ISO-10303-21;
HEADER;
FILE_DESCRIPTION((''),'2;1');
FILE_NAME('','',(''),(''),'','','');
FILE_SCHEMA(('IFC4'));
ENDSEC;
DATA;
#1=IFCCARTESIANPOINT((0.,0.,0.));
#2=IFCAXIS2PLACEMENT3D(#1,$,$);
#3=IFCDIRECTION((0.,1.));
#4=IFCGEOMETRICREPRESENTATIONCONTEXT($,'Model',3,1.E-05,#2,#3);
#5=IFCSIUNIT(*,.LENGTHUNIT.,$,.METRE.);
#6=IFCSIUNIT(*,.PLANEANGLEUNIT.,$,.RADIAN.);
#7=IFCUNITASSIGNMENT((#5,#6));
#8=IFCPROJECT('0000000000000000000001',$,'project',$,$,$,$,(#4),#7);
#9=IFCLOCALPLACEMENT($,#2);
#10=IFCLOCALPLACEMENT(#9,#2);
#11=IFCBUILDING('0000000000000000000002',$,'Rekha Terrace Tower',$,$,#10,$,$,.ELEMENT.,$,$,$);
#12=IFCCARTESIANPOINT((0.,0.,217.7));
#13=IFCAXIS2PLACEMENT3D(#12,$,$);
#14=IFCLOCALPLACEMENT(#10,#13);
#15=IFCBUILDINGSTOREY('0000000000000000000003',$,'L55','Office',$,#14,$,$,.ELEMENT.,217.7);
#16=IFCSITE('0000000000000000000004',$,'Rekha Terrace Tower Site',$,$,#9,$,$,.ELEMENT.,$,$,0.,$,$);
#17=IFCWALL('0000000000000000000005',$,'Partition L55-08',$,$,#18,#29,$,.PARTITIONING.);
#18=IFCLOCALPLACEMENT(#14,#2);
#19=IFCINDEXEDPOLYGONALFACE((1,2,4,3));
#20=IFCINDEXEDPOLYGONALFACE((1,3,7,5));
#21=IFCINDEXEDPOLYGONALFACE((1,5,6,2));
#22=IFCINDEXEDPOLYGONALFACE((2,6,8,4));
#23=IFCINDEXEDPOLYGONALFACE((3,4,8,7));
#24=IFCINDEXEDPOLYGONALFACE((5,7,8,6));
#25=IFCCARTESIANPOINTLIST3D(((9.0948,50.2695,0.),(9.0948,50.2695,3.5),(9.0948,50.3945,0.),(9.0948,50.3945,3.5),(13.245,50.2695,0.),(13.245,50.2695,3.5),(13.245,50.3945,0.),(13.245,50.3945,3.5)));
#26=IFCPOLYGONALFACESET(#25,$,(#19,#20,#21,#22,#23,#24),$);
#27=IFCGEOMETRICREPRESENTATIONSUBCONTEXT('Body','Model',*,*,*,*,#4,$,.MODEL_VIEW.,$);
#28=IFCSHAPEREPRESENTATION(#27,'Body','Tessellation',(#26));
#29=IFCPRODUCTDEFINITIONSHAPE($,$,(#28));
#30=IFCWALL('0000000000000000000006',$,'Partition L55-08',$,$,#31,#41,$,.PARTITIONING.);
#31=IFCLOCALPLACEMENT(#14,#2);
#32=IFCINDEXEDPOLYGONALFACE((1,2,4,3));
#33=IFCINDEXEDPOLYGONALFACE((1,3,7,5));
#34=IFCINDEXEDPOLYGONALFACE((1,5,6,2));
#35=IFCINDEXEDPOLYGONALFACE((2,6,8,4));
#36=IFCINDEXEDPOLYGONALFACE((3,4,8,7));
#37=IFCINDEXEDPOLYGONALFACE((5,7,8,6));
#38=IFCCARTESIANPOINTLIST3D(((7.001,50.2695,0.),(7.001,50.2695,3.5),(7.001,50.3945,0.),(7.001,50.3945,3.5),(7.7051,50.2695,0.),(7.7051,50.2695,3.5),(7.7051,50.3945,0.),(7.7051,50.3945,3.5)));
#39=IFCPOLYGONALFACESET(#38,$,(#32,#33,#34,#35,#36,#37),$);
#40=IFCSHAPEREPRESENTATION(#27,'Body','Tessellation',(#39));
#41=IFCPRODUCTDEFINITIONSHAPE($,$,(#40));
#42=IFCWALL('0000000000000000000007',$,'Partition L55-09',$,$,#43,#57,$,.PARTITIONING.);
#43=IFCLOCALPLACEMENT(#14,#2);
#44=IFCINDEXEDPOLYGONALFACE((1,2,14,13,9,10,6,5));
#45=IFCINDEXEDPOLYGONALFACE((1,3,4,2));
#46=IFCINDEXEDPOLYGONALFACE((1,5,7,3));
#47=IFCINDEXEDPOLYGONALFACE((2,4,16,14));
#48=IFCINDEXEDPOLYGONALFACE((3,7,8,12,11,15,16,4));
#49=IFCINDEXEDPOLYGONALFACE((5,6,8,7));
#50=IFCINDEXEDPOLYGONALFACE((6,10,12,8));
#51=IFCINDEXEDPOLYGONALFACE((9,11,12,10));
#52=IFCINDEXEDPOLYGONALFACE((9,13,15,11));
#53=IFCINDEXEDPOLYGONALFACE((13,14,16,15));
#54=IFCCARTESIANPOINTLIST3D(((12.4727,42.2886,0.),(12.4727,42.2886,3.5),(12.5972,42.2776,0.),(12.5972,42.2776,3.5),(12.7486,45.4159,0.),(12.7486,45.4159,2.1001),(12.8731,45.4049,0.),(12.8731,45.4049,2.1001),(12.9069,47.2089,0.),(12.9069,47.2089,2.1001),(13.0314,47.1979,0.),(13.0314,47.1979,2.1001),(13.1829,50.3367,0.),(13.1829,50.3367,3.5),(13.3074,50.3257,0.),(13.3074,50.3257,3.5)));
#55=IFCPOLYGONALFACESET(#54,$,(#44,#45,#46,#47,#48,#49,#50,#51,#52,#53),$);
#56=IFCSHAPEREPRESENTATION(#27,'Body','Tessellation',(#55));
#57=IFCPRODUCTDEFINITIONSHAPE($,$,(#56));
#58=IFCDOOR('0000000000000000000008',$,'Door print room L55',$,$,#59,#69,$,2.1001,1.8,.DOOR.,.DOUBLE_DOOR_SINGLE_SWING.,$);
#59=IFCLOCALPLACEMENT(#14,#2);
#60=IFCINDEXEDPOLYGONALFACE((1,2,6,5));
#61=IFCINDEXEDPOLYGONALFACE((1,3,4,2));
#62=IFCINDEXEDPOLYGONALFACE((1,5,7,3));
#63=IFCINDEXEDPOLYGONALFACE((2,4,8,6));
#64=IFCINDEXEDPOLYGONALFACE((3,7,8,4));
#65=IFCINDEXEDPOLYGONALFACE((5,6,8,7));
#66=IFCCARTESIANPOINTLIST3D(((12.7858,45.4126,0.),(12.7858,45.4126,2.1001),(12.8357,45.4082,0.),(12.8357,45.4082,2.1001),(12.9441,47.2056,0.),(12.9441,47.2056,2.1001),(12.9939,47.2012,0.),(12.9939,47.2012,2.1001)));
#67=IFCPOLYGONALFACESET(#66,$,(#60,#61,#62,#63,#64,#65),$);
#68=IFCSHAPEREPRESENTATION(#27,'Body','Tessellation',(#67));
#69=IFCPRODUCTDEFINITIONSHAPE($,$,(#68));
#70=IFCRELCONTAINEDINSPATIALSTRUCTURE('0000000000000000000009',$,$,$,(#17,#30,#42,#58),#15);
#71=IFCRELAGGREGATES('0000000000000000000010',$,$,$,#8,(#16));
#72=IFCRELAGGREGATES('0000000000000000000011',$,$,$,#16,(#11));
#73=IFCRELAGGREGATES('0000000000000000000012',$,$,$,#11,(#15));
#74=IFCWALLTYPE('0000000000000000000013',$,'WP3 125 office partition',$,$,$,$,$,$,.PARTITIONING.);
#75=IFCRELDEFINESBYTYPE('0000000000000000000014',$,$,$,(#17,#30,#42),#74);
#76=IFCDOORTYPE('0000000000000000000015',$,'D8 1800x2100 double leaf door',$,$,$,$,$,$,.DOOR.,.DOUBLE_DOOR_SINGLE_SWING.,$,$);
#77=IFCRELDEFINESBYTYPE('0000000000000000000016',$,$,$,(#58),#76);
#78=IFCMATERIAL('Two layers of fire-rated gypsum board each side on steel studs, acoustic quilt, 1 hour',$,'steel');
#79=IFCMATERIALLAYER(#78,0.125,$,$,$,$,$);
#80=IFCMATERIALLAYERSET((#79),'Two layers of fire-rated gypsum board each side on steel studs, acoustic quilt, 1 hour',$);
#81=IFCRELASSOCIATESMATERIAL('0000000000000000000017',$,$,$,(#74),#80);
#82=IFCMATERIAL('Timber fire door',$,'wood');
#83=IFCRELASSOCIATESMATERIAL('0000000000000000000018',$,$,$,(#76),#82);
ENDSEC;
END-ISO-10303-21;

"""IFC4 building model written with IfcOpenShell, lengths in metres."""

from ifc_helpers import new_model, si_unit, direction, frame, frame_2d, origin, place, context, subcontext, project, spatial, rectangle, extrude, material, layer, layer_set, type_object, element, fill, save


model = new_model("IFC4")

# Units and contexts
model_context = context("Model", 3, precision=1e-05, world=origin(), true_north=direction((0.0, 1.0)))
body_context = subcontext(model_context, "Body", "Model", "MODEL_VIEW")
ifc_project = project(units=[si_unit("LENGTHUNIT", "METRE"), si_unit("PLANEANGLEUNIT", "RADIAN")], contexts=[model_context])

# Site, building, storey
site_placement = place(None, origin())
site = spatial("IfcSite", under=ifc_project, at=site_placement, Name="Rekha Terrace Tower Site", CompositionType="ELEMENT", RefElevation=0.0)
building_placement = place(site_placement, origin())
building = spatial("IfcBuilding", under=site, at=building_placement, Name="Rekha Terrace Tower", CompositionType="ELEMENT")
storey_placement = place(building_placement, frame((0.0, 0.0, 217.7)))
storey = spatial("IfcBuildingStorey", under=building, at=storey_placement, Name="L55", Description="Office", CompositionType="ELEMENT", Elevation=217.7)

# Walls
ifc_material_1 = material(Name="Two layers of fire-rated gypsum board each side on steel studs, acoustic quilt, 1 hour", Category="steel")
ifc_layer_1 = layer(ifc_material_1, 0.125)
ifc_layer_set_1 = layer_set([ifc_layer_1], Name="Two layers of fire-rated gypsum board each side on steel studs, acoustic quilt, 1 hour")
wall_type = type_object("IfcWallType", Name="WP3 125 office partition", PredefinedType="PARTITIONING", material=ifc_layer_set_1)
wall_1_placement = place(storey_placement, frame((13.2451, 50.332, 0.0), z_axis=(0.0, 0.0, 1.0), x_axis=(-1.0, 0.0, 0.0)))
element("IfcWall", 1, at=wall_1_placement, inside=storey, type_object=wall_type, Name="Partition L55-08", PredefinedType="PARTITIONING", context=body_context, shape_type="SweptSolid", body=[
    extrude(rectangle(XDim=4.1501, YDim=0.125, at=frame_2d((2.0752, 0.0))), origin(), (0.0, 0.0, 1.0), 3.5),
])
wall_2_placement = place(storey_placement, frame((7.7051, 50.332, 0.0), z_axis=(0.0, 0.0, 1.0), x_axis=(-1.0, 0.0, 0.0)))
element("IfcWall", 2, at=wall_2_placement, inside=storey, type_object=wall_type, Name="Partition L55-08", PredefinedType="PARTITIONING", context=body_context, shape_type="SweptSolid", body=[
    extrude(rectangle(XDim=0.7041, YDim=0.125, at=frame_2d((0.3521, 0.0))), origin(), (0.0, 0.0, 1.0), 3.5),
])

# Wall, opening, door
wall_3_placement = place(storey_placement, frame((13.2451, 50.3311, 0.0), z_axis=(0.0, 0.0, 1.0), x_axis=(-0.087904, -0.996129, 0.0)))
wall_3 = element("IfcWall", 3, at=wall_3_placement, inside=storey, type_object=wall_type, Name="Partition L55-09", PredefinedType="PARTITIONING", context=body_context, shape_type="SweptSolid", body=[
    extrude(rectangle(XDim=8.0793, YDim=0.125, at=frame_2d((4.0396, 0.0))), origin(), (0.0, 0.0, 1.0), 3.5),
])
opening_placement = place(wall_3_placement, frame((3.1399, 0.0, 0.0)))
opening = element("IfcOpeningElement", 4, at=opening_placement, cuts=wall_3, PredefinedType="OPENING", context=body_context, shape_type="SweptSolid", body=[
    extrude(rectangle(XDim=1.8, YDim=2.1001, at=frame_2d((0.8999, 1.05))), frame((0.0, 0.0725, 0.0), z_axis=(0.0, -1.0, 0.0), x_axis=(1.0, 0.0, 0.0)), (0.0, 0.0, 1.0), 0.145),
])
ifc_material_2 = material(Name="Timber fire door", Category="wood")
door_type = type_object("IfcDoorType", Name="D8 1800x2100 double leaf door", OperationType="DOUBLE_DOOR_SINGLE_SWING", PredefinedType="DOOR", material=ifc_material_2)
door_placement = place(opening_placement, origin())
door = element("IfcDoor", 5, at=door_placement, inside=storey, type_object=door_type, Name="Door print room L55", OperationType="DOUBLE_DOOR_SINGLE_SWING", OverallHeight=2.1001, OverallWidth=1.8, PredefinedType="DOOR", context=body_context, shape_type="SweptSolid", body=[
    extrude(rectangle(XDim=1.8, YDim=2.1001, at=frame_2d((0.8999, 1.05))), frame((0.0, 0.0249, 0.0), z_axis=(0.0, -1.0, 0.0), x_axis=(1.0, 0.0, 0.0)), (0.0, 0.0, 1.0), 0.05),
])
fill(opening, door)

save(model, "model.ifc")
